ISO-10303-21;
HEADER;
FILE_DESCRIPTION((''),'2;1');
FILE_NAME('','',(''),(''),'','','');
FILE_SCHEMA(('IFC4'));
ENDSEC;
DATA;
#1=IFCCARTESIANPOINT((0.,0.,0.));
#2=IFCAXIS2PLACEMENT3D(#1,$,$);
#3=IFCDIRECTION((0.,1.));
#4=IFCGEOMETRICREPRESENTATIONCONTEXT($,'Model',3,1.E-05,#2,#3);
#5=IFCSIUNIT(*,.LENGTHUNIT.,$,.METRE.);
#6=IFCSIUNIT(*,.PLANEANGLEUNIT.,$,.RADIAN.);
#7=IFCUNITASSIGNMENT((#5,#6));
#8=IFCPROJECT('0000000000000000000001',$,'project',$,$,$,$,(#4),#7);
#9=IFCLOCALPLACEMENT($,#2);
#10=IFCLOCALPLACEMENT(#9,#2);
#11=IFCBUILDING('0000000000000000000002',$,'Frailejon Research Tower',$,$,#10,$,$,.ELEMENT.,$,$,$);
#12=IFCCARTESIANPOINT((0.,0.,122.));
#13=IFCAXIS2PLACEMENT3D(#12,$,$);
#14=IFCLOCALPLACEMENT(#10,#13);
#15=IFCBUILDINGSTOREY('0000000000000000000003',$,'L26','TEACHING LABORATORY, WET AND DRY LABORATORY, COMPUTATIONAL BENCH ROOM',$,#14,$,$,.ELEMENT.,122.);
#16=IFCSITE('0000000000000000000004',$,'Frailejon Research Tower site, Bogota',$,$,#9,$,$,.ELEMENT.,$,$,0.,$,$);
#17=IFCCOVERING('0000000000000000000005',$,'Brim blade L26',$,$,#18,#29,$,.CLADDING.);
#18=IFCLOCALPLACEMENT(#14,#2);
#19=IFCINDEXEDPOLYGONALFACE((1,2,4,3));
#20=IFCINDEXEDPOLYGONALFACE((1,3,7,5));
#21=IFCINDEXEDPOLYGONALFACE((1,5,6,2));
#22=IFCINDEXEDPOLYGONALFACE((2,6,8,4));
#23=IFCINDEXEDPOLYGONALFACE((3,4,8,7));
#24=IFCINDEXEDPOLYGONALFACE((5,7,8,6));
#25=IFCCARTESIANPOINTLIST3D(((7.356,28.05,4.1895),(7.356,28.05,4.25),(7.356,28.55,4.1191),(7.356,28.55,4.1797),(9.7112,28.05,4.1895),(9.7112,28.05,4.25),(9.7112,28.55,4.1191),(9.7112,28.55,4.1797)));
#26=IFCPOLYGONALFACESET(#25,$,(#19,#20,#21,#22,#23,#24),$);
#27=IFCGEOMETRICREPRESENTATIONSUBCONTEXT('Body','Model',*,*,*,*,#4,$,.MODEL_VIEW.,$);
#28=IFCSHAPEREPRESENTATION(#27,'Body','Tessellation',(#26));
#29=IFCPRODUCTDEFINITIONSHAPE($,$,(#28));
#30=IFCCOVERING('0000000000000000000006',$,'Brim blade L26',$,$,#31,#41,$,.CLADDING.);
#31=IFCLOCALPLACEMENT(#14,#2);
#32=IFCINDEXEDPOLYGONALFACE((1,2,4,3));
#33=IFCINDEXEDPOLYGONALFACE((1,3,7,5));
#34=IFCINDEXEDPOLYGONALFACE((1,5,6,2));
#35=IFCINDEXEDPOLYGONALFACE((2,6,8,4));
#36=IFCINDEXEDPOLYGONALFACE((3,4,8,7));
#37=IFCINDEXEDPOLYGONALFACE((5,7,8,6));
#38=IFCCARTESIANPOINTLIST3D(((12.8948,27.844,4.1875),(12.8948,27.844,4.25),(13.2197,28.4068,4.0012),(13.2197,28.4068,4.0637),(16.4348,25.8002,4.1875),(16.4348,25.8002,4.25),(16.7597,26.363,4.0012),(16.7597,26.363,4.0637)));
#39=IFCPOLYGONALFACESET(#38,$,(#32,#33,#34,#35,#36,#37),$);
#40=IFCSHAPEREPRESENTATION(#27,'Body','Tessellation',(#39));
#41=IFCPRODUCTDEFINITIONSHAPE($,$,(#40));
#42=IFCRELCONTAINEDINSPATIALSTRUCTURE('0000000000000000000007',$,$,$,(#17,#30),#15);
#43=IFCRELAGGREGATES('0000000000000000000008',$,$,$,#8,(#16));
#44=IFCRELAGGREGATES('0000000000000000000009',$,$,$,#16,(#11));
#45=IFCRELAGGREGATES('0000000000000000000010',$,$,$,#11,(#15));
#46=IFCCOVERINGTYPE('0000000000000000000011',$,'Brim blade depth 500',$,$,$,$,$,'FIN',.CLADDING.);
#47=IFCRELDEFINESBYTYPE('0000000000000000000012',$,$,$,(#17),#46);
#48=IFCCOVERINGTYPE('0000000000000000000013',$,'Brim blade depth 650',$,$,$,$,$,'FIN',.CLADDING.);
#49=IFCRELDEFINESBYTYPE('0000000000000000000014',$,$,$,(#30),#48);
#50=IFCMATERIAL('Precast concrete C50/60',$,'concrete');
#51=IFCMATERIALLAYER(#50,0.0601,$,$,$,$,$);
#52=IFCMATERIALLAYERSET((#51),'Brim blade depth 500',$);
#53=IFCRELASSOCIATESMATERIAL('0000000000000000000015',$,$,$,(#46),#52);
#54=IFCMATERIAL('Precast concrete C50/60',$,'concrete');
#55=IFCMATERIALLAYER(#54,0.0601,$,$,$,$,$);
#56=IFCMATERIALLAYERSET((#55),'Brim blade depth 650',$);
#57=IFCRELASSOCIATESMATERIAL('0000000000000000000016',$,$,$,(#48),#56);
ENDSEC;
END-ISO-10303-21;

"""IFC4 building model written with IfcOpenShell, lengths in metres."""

from ifc_helpers import new_model, si_unit, direction, frame, origin, place, context, subcontext, project, spatial, polyline, outline, extrude, material, layer, layer_set, type_object, element, save


model = new_model("IFC4")

# Units and contexts
model_context = context("Model", 3, precision=1e-05, world=origin(), true_north=direction((0.0, 1.0)))
body_context = subcontext(model_context, "Body", "Model", "MODEL_VIEW")
ifc_project = project(units=[si_unit("LENGTHUNIT", "METRE"), si_unit("PLANEANGLEUNIT", "RADIAN")], contexts=[model_context])

# Site, building, storey
site_placement = place(None, origin())
site = spatial("IfcSite", under=ifc_project, at=site_placement, Name="Frailejon Research Tower site, Bogota", CompositionType="ELEMENT", RefElevation=0.0)
building_placement = place(site_placement, origin())
building = spatial("IfcBuilding", under=site, at=building_placement, Name="Frailejon Research Tower", CompositionType="ELEMENT")
storey_placement = place(building_placement, frame((0.0, 0.0, 122.0)))
storey = spatial("IfcBuildingStorey", under=building, at=storey_placement, Name="L26", Description="TEACHING LABORATORY, WET AND DRY LABORATORY, COMPUTATIONAL BENCH ROOM", CompositionType="ELEMENT", Elevation=122.0)

# Coverings
ifc_material_1 = material(Name="Precast concrete C50/60", Category="concrete")
ifc_layer_1 = layer(ifc_material_1, 0.0601)
ifc_layer_set_1 = layer_set([ifc_layer_1], Name="Brim blade depth 500")
covering_type_1 = type_object("IfcCoveringType", Name="Brim blade depth 500", ElementType="FIN", PredefinedType="CLADDING", material=ifc_layer_set_1)
for number, where, z_axis, x_axis, name in (
    (1, (7.356, 28.05, 4.25), (1.0, 0.0, 0.0), (0.0, 1.0, 0.0), "Brim blade L26"),
):
    element("IfcCovering", number, at=place(storey_placement, frame(where, z_axis=z_axis, x_axis=x_axis)), inside=storey, type_object=covering_type_1, Name=name, PredefinedType="CLADDING", context=body_context, shape_type="SweptSolid", body=[
        extrude(outline(polyline([(0.0, -0.0605), (0.5, -0.1309), (0.5, -0.0703), (0.0, 0.0), (0.0, -0.0605)])), origin(), (0.0, 0.0, 1.0), 2.3552),
    ])
ifc_material_2 = material(Name="Precast concrete C50/60", Category="concrete")
ifc_layer_2 = layer(ifc_material_2, 0.0601)
ifc_layer_set_2 = layer_set([ifc_layer_2], Name="Brim blade depth 650")
covering_type_2 = type_object("IfcCoveringType", Name="Brim blade depth 650", ElementType="FIN", PredefinedType="CLADDING", material=ifc_layer_set_2)
covering_placement = place(storey_placement, frame((12.8948, 27.844, 4.25), z_axis=(0.866027, -0.499997, 0.0), x_axis=(0.499997, 0.866027, 0.0)))
element("IfcCovering", 2, at=covering_placement, inside=storey, type_object=covering_type_2, Name="Brim blade L26", PredefinedType="CLADDING", context=body_context, shape_type="SweptSolid", body=[
    extrude(outline(polyline([(0.0, -0.0625), (0.6499, -0.2488), (0.6499, -0.1863), (0.0, 0.0), (0.0, -0.0625)])), origin(), (0.0, 0.0, 1.0), 4.0876),
])

save(model, "model.ifc")
